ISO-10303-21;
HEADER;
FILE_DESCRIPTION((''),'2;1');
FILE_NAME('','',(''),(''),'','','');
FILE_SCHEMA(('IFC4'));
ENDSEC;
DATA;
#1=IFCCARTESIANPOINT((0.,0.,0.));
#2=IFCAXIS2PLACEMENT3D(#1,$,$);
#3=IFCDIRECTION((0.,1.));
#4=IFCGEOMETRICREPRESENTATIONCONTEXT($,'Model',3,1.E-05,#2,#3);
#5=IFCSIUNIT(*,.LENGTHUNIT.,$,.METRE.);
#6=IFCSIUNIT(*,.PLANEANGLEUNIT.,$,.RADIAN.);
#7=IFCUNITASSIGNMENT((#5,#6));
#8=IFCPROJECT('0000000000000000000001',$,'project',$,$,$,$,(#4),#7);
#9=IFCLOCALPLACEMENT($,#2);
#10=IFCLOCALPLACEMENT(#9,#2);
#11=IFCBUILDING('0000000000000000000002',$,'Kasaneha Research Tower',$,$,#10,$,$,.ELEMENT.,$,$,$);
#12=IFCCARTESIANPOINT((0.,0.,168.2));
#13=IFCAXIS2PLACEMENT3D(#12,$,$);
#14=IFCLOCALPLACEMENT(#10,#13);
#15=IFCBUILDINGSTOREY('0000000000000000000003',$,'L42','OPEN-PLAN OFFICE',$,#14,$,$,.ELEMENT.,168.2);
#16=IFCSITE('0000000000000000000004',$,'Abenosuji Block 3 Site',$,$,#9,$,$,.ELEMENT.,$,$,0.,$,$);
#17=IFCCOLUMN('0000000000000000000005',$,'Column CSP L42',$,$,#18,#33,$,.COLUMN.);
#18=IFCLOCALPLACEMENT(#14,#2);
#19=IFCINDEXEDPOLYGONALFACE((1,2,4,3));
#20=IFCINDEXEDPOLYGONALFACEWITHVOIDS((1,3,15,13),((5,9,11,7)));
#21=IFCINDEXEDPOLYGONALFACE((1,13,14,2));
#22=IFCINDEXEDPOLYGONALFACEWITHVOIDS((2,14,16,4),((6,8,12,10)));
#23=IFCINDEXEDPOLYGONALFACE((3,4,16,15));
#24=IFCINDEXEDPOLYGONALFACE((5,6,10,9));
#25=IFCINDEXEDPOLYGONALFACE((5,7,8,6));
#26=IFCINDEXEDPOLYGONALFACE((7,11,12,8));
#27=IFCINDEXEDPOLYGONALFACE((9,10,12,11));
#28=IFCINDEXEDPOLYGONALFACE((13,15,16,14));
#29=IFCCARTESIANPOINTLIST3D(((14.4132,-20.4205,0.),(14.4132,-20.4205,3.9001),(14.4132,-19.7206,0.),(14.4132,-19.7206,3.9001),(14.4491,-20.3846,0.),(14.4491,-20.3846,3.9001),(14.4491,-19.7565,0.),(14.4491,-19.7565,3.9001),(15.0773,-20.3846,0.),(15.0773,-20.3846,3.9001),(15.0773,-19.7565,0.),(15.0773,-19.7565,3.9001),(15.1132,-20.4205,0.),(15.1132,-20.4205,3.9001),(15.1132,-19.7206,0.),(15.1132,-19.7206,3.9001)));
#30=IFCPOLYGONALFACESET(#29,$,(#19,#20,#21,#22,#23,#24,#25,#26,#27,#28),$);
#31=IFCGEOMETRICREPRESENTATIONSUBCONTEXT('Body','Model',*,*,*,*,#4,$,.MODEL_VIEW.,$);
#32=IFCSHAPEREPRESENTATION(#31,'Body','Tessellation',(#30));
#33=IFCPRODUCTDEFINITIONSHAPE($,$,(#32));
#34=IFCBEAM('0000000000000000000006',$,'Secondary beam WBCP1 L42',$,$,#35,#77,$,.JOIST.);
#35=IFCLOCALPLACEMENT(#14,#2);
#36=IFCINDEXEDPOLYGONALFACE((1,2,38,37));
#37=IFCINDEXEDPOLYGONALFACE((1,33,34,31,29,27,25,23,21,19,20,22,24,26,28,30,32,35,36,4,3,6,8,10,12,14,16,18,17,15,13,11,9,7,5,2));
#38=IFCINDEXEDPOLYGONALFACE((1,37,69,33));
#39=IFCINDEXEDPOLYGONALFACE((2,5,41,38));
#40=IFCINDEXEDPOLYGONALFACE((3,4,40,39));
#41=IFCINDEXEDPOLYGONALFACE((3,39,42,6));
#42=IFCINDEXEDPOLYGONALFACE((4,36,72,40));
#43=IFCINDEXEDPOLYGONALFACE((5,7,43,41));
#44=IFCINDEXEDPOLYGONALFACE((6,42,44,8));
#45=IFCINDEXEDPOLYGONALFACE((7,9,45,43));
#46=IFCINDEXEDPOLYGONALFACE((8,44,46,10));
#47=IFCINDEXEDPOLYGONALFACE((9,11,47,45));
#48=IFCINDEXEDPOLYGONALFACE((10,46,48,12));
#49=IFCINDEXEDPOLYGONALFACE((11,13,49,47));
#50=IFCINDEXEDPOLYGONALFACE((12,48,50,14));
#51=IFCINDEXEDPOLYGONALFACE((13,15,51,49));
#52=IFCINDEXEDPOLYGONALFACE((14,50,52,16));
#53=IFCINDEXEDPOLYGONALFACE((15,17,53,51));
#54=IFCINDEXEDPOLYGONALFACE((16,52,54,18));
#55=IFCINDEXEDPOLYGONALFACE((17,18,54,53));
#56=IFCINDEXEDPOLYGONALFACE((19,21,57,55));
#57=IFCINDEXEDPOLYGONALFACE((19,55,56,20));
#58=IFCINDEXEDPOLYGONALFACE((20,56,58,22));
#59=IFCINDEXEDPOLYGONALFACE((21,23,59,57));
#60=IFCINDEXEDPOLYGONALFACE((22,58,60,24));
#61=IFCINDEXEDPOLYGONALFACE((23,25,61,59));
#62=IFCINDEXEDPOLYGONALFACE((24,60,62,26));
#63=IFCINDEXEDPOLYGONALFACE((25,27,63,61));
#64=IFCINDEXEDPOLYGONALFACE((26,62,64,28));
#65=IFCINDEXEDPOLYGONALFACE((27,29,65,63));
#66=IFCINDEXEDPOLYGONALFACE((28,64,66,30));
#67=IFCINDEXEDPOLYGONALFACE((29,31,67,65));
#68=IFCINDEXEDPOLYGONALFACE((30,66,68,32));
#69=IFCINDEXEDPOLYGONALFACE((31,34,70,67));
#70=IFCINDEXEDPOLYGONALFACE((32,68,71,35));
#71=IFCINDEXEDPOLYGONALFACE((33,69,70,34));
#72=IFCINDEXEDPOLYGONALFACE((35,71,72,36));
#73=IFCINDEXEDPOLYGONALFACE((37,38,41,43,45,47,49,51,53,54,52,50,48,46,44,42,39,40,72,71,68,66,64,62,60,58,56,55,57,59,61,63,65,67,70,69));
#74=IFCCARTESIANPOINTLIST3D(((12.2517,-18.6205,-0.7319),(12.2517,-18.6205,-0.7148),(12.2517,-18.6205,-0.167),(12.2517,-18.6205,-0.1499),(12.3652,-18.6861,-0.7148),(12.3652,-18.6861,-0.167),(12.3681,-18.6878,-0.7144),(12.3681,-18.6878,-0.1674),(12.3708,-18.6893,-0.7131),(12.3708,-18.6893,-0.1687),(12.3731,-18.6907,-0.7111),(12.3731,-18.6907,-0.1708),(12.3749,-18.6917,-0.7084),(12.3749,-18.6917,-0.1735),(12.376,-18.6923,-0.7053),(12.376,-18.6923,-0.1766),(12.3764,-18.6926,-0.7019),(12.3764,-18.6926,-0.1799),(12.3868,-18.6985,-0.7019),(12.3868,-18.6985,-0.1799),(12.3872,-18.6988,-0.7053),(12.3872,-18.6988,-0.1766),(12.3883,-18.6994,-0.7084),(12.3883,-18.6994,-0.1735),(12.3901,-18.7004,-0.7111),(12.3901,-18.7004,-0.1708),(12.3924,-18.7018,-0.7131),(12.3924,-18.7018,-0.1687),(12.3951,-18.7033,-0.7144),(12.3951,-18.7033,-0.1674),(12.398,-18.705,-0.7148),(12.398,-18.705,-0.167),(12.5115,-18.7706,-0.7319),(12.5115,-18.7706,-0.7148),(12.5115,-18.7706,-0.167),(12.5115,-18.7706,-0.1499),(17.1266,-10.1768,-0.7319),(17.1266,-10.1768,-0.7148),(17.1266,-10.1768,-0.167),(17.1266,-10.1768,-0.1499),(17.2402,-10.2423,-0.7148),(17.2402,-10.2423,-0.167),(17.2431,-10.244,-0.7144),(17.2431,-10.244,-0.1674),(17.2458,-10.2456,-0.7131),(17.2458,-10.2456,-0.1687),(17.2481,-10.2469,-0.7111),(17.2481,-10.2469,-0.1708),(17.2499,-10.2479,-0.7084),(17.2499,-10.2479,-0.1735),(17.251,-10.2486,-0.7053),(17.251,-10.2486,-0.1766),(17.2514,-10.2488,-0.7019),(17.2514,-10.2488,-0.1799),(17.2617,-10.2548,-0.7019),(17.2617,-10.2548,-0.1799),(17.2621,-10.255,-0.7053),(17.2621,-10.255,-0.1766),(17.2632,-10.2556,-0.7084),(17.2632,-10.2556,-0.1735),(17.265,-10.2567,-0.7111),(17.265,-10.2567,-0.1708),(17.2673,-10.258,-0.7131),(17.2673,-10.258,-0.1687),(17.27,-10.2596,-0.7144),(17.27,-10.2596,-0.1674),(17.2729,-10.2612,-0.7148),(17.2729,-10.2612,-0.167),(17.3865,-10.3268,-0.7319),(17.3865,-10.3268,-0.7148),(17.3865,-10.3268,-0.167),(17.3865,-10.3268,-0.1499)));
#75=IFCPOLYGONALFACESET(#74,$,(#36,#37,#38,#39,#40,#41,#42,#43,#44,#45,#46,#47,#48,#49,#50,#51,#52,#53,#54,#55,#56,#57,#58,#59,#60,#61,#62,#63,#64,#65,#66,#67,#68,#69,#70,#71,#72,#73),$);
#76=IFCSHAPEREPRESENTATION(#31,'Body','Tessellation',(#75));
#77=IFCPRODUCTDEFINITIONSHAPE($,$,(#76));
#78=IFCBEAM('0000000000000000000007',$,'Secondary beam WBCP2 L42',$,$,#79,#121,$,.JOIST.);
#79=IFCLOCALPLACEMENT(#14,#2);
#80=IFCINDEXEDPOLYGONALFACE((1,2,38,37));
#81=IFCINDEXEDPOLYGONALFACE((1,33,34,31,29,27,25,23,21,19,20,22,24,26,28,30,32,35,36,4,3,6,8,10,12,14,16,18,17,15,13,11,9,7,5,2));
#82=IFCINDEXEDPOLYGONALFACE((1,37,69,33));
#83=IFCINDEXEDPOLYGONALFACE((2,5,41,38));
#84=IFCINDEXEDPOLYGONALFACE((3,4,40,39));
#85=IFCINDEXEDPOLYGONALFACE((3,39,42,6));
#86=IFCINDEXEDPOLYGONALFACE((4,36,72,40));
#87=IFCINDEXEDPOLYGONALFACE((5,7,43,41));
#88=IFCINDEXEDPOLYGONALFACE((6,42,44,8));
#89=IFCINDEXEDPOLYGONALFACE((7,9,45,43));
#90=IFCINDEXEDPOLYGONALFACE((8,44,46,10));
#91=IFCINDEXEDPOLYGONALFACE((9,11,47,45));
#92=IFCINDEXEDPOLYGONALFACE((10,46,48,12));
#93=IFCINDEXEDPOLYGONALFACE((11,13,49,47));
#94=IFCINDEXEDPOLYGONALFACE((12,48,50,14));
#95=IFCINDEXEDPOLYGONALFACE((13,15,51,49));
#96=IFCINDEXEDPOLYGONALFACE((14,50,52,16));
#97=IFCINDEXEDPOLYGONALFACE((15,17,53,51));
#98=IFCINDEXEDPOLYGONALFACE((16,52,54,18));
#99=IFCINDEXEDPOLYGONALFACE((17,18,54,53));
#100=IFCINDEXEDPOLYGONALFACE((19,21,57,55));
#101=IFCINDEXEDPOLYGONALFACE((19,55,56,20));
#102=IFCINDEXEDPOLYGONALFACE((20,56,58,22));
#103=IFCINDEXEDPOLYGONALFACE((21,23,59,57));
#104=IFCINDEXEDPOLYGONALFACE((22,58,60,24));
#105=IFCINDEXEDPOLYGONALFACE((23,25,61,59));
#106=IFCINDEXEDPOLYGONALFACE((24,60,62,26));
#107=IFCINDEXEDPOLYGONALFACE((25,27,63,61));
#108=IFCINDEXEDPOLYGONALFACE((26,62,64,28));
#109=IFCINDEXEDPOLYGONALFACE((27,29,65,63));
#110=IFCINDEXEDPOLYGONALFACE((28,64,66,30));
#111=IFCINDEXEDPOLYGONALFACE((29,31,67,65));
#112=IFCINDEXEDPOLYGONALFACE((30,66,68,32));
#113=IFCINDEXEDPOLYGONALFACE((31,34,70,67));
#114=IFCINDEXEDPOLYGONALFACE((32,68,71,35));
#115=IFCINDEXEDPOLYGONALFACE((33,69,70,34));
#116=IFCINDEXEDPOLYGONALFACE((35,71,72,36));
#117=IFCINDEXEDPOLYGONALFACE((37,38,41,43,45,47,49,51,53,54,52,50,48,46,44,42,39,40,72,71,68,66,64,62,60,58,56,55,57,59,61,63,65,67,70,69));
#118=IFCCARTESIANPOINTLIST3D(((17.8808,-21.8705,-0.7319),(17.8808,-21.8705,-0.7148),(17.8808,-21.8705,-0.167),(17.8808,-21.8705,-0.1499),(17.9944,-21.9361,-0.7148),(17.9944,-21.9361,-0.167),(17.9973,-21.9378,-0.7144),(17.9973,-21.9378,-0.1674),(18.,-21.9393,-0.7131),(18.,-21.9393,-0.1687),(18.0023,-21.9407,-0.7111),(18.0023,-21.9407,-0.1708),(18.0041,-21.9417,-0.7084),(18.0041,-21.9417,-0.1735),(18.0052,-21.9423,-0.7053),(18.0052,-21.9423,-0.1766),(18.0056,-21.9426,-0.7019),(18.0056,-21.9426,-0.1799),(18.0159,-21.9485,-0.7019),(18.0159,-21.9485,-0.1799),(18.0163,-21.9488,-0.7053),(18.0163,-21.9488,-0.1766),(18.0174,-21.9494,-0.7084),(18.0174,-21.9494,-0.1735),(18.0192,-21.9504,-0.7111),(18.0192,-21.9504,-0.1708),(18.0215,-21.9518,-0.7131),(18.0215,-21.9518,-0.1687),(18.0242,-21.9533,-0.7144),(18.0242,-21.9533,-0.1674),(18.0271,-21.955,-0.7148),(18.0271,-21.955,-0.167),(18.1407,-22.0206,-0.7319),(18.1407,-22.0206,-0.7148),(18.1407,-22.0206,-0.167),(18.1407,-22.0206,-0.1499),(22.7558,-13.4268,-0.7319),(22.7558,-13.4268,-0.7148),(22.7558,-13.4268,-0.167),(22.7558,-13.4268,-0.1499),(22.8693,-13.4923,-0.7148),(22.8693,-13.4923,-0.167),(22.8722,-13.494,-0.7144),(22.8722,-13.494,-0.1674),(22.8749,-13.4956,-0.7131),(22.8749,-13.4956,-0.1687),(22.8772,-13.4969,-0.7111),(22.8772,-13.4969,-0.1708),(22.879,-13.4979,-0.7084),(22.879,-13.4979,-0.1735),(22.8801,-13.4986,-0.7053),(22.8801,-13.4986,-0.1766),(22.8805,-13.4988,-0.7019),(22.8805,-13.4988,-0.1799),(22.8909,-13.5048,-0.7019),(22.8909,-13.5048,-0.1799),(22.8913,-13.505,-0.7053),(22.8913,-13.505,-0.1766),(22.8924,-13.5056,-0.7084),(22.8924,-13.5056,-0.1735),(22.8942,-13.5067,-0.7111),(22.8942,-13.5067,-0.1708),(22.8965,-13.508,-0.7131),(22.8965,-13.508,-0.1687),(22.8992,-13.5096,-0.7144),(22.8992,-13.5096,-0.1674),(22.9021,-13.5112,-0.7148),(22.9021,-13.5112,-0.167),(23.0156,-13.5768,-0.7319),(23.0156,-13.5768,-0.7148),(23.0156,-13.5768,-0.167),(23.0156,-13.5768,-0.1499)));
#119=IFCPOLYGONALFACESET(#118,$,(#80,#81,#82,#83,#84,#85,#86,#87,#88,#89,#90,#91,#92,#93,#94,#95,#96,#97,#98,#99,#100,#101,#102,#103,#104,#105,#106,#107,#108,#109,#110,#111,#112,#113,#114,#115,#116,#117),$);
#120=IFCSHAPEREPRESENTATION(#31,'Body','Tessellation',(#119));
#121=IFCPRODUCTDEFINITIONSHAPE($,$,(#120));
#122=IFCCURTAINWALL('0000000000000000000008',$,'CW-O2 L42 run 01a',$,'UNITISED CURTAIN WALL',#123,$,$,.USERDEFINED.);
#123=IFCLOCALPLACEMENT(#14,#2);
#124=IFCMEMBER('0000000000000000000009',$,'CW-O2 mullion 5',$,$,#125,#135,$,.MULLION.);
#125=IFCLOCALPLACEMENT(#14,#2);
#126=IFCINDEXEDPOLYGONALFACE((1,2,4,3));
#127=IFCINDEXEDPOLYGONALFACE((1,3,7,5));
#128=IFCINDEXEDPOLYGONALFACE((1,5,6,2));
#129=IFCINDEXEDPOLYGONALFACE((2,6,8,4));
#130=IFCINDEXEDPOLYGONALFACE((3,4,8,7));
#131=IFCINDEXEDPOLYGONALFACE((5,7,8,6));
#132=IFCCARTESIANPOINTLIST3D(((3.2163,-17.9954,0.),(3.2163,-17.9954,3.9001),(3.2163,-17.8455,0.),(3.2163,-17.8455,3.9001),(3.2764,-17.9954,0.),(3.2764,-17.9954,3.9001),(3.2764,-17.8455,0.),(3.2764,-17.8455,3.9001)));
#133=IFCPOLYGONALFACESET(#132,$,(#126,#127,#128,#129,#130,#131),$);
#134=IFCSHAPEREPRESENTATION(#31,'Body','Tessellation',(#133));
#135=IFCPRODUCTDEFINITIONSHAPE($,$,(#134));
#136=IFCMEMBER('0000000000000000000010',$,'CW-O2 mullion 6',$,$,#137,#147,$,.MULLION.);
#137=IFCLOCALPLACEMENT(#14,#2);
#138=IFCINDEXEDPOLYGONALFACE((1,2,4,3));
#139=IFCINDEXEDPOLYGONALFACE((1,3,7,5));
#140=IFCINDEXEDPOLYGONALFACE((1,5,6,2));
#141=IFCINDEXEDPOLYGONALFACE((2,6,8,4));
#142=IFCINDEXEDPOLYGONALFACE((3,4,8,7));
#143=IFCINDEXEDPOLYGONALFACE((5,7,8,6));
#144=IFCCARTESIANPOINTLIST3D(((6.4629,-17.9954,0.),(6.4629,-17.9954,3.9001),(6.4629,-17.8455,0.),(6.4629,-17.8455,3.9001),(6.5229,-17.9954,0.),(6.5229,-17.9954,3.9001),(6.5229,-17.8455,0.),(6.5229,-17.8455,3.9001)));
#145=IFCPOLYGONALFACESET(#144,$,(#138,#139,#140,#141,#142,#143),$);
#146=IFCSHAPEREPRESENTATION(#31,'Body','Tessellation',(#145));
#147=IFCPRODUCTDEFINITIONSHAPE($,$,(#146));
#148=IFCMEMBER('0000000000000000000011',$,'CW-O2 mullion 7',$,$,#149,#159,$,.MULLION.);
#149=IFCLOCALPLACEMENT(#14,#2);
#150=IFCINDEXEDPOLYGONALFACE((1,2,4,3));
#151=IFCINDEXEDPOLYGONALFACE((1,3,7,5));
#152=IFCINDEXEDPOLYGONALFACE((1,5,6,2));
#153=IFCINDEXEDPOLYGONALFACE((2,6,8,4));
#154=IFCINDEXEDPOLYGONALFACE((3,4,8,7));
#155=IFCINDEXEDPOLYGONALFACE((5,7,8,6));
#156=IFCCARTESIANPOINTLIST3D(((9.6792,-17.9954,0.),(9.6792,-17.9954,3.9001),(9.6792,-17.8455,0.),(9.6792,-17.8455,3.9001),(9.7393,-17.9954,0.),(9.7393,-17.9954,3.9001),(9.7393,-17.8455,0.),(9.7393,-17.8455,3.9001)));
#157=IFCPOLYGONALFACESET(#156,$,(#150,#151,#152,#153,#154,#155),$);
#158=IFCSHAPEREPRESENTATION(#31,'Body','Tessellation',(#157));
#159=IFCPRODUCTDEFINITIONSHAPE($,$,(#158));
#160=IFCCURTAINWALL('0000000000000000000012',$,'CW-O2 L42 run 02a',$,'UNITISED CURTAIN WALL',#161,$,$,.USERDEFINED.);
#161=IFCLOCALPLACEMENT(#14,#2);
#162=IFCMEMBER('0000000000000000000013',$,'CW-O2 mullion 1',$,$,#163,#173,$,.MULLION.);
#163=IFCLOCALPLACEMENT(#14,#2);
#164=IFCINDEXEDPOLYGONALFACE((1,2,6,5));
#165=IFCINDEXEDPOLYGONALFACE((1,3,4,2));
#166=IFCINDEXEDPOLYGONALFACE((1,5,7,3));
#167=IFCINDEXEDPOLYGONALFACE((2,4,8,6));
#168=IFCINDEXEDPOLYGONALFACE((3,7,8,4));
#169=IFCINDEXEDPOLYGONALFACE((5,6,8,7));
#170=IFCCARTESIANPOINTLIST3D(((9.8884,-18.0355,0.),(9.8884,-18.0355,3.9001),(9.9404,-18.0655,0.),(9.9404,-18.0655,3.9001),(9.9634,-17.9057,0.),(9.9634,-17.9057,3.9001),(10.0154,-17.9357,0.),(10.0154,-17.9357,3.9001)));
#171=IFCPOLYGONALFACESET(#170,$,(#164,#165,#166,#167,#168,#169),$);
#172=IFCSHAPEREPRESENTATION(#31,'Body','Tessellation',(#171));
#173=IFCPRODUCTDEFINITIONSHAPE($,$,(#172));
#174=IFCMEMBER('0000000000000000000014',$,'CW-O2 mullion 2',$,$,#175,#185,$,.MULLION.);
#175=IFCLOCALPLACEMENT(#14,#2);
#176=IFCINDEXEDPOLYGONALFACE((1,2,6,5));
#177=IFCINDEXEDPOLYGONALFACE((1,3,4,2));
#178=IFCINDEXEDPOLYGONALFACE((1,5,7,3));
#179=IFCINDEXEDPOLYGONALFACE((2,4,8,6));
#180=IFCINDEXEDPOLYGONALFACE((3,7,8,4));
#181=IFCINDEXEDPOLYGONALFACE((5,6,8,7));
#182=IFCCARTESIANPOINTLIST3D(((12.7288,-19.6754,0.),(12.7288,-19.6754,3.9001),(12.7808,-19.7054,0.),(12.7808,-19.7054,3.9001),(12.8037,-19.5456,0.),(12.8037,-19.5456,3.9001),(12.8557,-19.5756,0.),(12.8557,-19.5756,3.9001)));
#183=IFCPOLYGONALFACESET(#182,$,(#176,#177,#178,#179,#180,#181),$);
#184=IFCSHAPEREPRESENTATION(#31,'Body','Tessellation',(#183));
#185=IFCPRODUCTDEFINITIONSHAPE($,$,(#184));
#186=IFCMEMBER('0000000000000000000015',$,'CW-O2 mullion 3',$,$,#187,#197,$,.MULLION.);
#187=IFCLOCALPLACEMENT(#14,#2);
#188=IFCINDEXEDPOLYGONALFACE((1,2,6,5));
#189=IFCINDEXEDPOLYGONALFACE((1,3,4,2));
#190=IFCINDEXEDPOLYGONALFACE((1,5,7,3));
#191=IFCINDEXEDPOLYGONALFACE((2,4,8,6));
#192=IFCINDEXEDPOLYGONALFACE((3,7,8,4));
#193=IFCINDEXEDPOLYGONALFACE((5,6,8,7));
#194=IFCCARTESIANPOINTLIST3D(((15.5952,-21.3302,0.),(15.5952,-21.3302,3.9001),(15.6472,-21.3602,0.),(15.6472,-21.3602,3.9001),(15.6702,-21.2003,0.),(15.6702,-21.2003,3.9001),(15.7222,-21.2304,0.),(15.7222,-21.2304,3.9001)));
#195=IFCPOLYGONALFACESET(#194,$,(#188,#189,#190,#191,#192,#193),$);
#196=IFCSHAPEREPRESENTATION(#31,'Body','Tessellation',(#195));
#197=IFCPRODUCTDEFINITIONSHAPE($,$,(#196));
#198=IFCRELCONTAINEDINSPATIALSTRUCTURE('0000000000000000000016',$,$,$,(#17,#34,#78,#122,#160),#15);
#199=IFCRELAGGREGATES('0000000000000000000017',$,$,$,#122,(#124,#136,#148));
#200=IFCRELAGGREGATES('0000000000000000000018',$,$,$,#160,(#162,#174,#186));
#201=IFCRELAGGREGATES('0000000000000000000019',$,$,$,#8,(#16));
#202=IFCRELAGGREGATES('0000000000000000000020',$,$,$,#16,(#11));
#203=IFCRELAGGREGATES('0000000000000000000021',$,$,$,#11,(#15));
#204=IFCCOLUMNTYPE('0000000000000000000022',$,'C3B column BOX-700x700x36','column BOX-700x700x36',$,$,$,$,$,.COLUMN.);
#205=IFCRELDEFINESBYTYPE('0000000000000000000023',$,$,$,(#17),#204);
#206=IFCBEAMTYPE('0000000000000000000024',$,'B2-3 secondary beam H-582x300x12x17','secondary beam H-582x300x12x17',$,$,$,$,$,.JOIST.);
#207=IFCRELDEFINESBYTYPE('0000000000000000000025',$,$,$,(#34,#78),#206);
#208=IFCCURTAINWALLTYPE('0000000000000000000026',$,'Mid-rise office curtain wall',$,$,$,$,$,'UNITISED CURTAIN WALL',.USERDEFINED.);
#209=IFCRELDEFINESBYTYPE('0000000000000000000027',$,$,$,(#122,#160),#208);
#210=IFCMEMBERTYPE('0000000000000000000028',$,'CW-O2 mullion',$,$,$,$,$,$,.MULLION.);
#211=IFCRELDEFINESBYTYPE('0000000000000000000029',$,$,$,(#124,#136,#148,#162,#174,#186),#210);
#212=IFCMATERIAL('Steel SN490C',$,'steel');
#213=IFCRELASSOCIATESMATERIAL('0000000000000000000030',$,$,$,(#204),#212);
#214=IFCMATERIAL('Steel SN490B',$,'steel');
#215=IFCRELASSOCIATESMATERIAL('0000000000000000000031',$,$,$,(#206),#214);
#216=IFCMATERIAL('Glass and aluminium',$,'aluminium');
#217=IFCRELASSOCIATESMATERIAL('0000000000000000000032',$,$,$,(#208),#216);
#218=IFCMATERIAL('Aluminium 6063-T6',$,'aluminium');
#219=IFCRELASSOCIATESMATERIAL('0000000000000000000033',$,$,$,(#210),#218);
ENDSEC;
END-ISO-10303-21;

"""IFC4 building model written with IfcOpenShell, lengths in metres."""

from ifc_helpers import new_model, si_unit, direction, frame, origin, origin_2d, place, context, subcontext, project, spatial, rectangle, hollow_rectangle, i_section, extrude, material, material_profile, profile_set, type_object, element, aggregate, save


model = new_model("IFC4")

# Units and contexts
model_context = context("Model", 3, precision=1e-05, world=origin(), true_north=direction((0.0, 1.0)))
body_context = subcontext(model_context, "Body", "Model", "MODEL_VIEW")
ifc_project = project(units=[si_unit("LENGTHUNIT", "METRE"), si_unit("PLANEANGLEUNIT", "RADIAN")], contexts=[model_context])

# Site, building, storey
site_placement = place(None, origin())
site = spatial("IfcSite", under=ifc_project, at=site_placement, Name="Abenosuji Block 3 Site", CompositionType="ELEMENT", RefElevation=0.0)
building_placement = place(site_placement, origin())
building = spatial("IfcBuilding", under=site, at=building_placement, Name="Kasaneha Research Tower", CompositionType="ELEMENT")
storey_placement = place(building_placement, frame((0.0, 0.0, 168.2)))
storey = spatial("IfcBuildingStorey", under=building, at=storey_placement, Name="L42", Description="OPEN-PLAN OFFICE", CompositionType="ELEMENT", Elevation=168.2)

# Column
ifc_material_1 = material(Name="Steel SN490C", Category="steel")
ifc_material_profile_1 = material_profile(ifc_material_1, hollow_rectangle(XDim=0.7, YDim=0.7, WallThickness=0.0359, at=origin_2d()), Name="BOX-700x700x36")
ifc_profile_set_1 = profile_set([ifc_material_profile_1], Name="Steel SN490C")
column_type = type_object("IfcColumnType", Name="C3B column BOX-700x700x36", Description="column BOX-700x700x36", PredefinedType="COLUMN", material=ifc_profile_set_1)
column_placement = place(storey_placement, frame((14.7632, -20.0706, 0.0), z_axis=(0.0, 0.0, 1.0), x_axis=(1.0, 0.0, 0.0)))
element("IfcColumn", 1, at=column_placement, inside=storey, type_object=column_type, Name="Column CSP L42", PredefinedType="COLUMN", context=body_context, shape_type="SweptSolid", body=[
    extrude(hollow_rectangle(XDim=0.7, YDim=0.7, WallThickness=0.0359, at=origin_2d()), origin(), (0.0, 0.0, 1.0), 3.9001),
])

# Beams
ifc_material_2 = material(Name="Steel SN490B", Category="steel")
ifc_material_profile_2 = material_profile(ifc_material_2, i_section(OverallWidth=0.3, OverallDepth=0.582, WebThickness=0.012, FlangeThickness=0.0171, FilletRadius=0.0129, at=origin_2d()), Name="H-582x300x12x17")
ifc_profile_set_2 = profile_set([ifc_material_profile_2], Name="Steel SN490B")
beam_type_1 = type_object("IfcBeamType", Name="B2-3 secondary beam H-582x300x12x17", Description="secondary beam H-582x300x12x17", PredefinedType="JOIST", material=ifc_profile_set_2)
for number, where, z_axis, x_axis, name in (
    (2, (12.3816, -18.6956, -0.4409), (0.499996, 0.866028, 0.0), (-0.866028, 0.499996, 0.0), "Secondary beam WBCP1 L42"),
    (3, (18.0107, -21.9456, -0.4409), (0.499996, 0.866028, 0.0), (-0.866028, 0.499996, 0.0), "Secondary beam WBCP2 L42"),
):
    element("IfcBeam", number, at=place(storey_placement, frame(where, z_axis=z_axis, x_axis=x_axis)), inside=storey, type_object=beam_type_1, Name=name, PredefinedType="JOIST", context=body_context, shape_type="SweptSolid", body=[
        extrude(i_section(OverallWidth=0.3, OverallDepth=0.582, WebThickness=0.012, FlangeThickness=0.0171, FilletRadius=0.0129, at=origin_2d()), origin(), (0.0, 0.0, 1.0), 9.75),
    ])

# Curtain walls, members
ifc_material_3 = material(Name="Glass and aluminium", Category="aluminium")
curtain_wall_type = type_object("IfcCurtainWallType", Name="Mid-rise office curtain wall", ElementType="UNITISED CURTAIN WALL", PredefinedType="USERDEFINED", material=ifc_material_3)
curtain_wall_1_placement = place(storey_placement, origin())
curtain_wall_1 = element("IfcCurtainWall", 4, at=curtain_wall_1_placement, inside=storey, type_object=curtain_wall_type, Name="CW-O2 L42 run 01a", ObjectType="UNITISED CURTAIN WALL", PredefinedType="USERDEFINED")
ifc_material_4 = material(Name="Aluminium 6063-T6", Category="aluminium")
ifc_material_profile_3 = material_profile(ifc_material_4, rectangle(XDim=0.0601, YDim=0.1499, at=origin_2d()), Name="CW-O2 mullion 60x150")
ifc_profile_set_3 = profile_set([ifc_material_profile_3], Name="Aluminium 6063-T6")
member_type_1 = type_object("IfcMemberType", Name="CW-O2 mullion", PredefinedType="MULLION", material=ifc_profile_set_3)
member_1_placement = place(storey_placement, frame((3.2463, -17.9204, 0.0), z_axis=(0.0, 0.0, 1.0), x_axis=(1.0, 0.0, 0.0)))
member_1 = element("IfcMember", 5, at=member_1_placement, type_object=member_type_1, Name="CW-O2 mullion 5", PredefinedType="MULLION", context=body_context, shape_type="SweptSolid", body=[
    extrude(rectangle(XDim=0.0601, YDim=0.1499, at=origin_2d()), origin(), (0.0, 0.0, 1.0), 3.9001),
])
member_2_placement = place(storey_placement, frame((6.4929, -17.9204, 0.0), z_axis=(0.0, 0.0, 1.0), x_axis=(1.0, 0.0, 0.0)))
member_2 = element("IfcMember", 6, at=member_2_placement, type_object=member_type_1, Name="CW-O2 mullion 6", PredefinedType="MULLION", context=body_context, shape_type="SweptSolid", body=[
    extrude(rectangle(XDim=0.0601, YDim=0.1499, at=origin_2d()), origin(), (0.0, 0.0, 1.0), 3.9001),
])
member_3_placement = place(storey_placement, frame((9.7092, -17.9204, 0.0), z_axis=(0.0, 0.0, 1.0), x_axis=(1.0, 0.0, 0.0)))
member_3 = element("IfcMember", 7, at=member_3_placement, type_object=member_type_1, Name="CW-O2 mullion 7", PredefinedType="MULLION", context=body_context, shape_type="SweptSolid", body=[
    extrude(rectangle(XDim=0.0601, YDim=0.1499, at=origin_2d()), origin(), (0.0, 0.0, 1.0), 3.9001),
])
curtain_wall_2_placement = place(storey_placement, origin())
curtain_wall_2 = element("IfcCurtainWall", 8, at=curtain_wall_2_placement, inside=storey, type_object=curtain_wall_type, Name="CW-O2 L42 run 02a", ObjectType="UNITISED CURTAIN WALL", PredefinedType="USERDEFINED")
member_4_placement = place(storey_placement, frame((9.9519, -17.9856, 0.0), z_axis=(0.0, 0.0, 1.0), x_axis=(0.866025, -0.5, 0.0)))
member_4 = element("IfcMember", 9, at=member_4_placement, type_object=member_type_1, Name="CW-O2 mullion 1", PredefinedType="MULLION", context=body_context, shape_type="SweptSolid", body=[
    extrude(rectangle(XDim=0.0601, YDim=0.1499, at=origin_2d()), origin(), (0.0, 0.0, 1.0), 3.9001),
])
member_5_placement = place(storey_placement, frame((12.7922, -19.6255, 0.0), z_axis=(0.0, 0.0, 1.0), x_axis=(0.866025, -0.5, 0.0)))
member_5 = element("IfcMember", 10, at=member_5_placement, type_object=member_type_1, Name="CW-O2 mullion 2", PredefinedType="MULLION", context=body_context, shape_type="SweptSolid", body=[
    extrude(rectangle(XDim=0.0601, YDim=0.1499, at=origin_2d()), origin(), (0.0, 0.0, 1.0), 3.9001),
])
member_6_placement = place(storey_placement, frame((15.6587, -21.2803, 0.0), z_axis=(0.0, 0.0, 1.0), x_axis=(0.866025, -0.5, 0.0)))
member_6 = element("IfcMember", 11, at=member_6_placement, type_object=member_type_1, Name="CW-O2 mullion 3", PredefinedType="MULLION", context=body_context, shape_type="SweptSolid", body=[
    extrude(rectangle(XDim=0.0601, YDim=0.1499, at=origin_2d()), origin(), (0.0, 0.0, 1.0), 3.9001),
])

aggregate(curtain_wall_1, [member_1, member_2, member_3])
aggregate(curtain_wall_2, [member_4, member_5, member_6])

save(model, "model.ifc")
